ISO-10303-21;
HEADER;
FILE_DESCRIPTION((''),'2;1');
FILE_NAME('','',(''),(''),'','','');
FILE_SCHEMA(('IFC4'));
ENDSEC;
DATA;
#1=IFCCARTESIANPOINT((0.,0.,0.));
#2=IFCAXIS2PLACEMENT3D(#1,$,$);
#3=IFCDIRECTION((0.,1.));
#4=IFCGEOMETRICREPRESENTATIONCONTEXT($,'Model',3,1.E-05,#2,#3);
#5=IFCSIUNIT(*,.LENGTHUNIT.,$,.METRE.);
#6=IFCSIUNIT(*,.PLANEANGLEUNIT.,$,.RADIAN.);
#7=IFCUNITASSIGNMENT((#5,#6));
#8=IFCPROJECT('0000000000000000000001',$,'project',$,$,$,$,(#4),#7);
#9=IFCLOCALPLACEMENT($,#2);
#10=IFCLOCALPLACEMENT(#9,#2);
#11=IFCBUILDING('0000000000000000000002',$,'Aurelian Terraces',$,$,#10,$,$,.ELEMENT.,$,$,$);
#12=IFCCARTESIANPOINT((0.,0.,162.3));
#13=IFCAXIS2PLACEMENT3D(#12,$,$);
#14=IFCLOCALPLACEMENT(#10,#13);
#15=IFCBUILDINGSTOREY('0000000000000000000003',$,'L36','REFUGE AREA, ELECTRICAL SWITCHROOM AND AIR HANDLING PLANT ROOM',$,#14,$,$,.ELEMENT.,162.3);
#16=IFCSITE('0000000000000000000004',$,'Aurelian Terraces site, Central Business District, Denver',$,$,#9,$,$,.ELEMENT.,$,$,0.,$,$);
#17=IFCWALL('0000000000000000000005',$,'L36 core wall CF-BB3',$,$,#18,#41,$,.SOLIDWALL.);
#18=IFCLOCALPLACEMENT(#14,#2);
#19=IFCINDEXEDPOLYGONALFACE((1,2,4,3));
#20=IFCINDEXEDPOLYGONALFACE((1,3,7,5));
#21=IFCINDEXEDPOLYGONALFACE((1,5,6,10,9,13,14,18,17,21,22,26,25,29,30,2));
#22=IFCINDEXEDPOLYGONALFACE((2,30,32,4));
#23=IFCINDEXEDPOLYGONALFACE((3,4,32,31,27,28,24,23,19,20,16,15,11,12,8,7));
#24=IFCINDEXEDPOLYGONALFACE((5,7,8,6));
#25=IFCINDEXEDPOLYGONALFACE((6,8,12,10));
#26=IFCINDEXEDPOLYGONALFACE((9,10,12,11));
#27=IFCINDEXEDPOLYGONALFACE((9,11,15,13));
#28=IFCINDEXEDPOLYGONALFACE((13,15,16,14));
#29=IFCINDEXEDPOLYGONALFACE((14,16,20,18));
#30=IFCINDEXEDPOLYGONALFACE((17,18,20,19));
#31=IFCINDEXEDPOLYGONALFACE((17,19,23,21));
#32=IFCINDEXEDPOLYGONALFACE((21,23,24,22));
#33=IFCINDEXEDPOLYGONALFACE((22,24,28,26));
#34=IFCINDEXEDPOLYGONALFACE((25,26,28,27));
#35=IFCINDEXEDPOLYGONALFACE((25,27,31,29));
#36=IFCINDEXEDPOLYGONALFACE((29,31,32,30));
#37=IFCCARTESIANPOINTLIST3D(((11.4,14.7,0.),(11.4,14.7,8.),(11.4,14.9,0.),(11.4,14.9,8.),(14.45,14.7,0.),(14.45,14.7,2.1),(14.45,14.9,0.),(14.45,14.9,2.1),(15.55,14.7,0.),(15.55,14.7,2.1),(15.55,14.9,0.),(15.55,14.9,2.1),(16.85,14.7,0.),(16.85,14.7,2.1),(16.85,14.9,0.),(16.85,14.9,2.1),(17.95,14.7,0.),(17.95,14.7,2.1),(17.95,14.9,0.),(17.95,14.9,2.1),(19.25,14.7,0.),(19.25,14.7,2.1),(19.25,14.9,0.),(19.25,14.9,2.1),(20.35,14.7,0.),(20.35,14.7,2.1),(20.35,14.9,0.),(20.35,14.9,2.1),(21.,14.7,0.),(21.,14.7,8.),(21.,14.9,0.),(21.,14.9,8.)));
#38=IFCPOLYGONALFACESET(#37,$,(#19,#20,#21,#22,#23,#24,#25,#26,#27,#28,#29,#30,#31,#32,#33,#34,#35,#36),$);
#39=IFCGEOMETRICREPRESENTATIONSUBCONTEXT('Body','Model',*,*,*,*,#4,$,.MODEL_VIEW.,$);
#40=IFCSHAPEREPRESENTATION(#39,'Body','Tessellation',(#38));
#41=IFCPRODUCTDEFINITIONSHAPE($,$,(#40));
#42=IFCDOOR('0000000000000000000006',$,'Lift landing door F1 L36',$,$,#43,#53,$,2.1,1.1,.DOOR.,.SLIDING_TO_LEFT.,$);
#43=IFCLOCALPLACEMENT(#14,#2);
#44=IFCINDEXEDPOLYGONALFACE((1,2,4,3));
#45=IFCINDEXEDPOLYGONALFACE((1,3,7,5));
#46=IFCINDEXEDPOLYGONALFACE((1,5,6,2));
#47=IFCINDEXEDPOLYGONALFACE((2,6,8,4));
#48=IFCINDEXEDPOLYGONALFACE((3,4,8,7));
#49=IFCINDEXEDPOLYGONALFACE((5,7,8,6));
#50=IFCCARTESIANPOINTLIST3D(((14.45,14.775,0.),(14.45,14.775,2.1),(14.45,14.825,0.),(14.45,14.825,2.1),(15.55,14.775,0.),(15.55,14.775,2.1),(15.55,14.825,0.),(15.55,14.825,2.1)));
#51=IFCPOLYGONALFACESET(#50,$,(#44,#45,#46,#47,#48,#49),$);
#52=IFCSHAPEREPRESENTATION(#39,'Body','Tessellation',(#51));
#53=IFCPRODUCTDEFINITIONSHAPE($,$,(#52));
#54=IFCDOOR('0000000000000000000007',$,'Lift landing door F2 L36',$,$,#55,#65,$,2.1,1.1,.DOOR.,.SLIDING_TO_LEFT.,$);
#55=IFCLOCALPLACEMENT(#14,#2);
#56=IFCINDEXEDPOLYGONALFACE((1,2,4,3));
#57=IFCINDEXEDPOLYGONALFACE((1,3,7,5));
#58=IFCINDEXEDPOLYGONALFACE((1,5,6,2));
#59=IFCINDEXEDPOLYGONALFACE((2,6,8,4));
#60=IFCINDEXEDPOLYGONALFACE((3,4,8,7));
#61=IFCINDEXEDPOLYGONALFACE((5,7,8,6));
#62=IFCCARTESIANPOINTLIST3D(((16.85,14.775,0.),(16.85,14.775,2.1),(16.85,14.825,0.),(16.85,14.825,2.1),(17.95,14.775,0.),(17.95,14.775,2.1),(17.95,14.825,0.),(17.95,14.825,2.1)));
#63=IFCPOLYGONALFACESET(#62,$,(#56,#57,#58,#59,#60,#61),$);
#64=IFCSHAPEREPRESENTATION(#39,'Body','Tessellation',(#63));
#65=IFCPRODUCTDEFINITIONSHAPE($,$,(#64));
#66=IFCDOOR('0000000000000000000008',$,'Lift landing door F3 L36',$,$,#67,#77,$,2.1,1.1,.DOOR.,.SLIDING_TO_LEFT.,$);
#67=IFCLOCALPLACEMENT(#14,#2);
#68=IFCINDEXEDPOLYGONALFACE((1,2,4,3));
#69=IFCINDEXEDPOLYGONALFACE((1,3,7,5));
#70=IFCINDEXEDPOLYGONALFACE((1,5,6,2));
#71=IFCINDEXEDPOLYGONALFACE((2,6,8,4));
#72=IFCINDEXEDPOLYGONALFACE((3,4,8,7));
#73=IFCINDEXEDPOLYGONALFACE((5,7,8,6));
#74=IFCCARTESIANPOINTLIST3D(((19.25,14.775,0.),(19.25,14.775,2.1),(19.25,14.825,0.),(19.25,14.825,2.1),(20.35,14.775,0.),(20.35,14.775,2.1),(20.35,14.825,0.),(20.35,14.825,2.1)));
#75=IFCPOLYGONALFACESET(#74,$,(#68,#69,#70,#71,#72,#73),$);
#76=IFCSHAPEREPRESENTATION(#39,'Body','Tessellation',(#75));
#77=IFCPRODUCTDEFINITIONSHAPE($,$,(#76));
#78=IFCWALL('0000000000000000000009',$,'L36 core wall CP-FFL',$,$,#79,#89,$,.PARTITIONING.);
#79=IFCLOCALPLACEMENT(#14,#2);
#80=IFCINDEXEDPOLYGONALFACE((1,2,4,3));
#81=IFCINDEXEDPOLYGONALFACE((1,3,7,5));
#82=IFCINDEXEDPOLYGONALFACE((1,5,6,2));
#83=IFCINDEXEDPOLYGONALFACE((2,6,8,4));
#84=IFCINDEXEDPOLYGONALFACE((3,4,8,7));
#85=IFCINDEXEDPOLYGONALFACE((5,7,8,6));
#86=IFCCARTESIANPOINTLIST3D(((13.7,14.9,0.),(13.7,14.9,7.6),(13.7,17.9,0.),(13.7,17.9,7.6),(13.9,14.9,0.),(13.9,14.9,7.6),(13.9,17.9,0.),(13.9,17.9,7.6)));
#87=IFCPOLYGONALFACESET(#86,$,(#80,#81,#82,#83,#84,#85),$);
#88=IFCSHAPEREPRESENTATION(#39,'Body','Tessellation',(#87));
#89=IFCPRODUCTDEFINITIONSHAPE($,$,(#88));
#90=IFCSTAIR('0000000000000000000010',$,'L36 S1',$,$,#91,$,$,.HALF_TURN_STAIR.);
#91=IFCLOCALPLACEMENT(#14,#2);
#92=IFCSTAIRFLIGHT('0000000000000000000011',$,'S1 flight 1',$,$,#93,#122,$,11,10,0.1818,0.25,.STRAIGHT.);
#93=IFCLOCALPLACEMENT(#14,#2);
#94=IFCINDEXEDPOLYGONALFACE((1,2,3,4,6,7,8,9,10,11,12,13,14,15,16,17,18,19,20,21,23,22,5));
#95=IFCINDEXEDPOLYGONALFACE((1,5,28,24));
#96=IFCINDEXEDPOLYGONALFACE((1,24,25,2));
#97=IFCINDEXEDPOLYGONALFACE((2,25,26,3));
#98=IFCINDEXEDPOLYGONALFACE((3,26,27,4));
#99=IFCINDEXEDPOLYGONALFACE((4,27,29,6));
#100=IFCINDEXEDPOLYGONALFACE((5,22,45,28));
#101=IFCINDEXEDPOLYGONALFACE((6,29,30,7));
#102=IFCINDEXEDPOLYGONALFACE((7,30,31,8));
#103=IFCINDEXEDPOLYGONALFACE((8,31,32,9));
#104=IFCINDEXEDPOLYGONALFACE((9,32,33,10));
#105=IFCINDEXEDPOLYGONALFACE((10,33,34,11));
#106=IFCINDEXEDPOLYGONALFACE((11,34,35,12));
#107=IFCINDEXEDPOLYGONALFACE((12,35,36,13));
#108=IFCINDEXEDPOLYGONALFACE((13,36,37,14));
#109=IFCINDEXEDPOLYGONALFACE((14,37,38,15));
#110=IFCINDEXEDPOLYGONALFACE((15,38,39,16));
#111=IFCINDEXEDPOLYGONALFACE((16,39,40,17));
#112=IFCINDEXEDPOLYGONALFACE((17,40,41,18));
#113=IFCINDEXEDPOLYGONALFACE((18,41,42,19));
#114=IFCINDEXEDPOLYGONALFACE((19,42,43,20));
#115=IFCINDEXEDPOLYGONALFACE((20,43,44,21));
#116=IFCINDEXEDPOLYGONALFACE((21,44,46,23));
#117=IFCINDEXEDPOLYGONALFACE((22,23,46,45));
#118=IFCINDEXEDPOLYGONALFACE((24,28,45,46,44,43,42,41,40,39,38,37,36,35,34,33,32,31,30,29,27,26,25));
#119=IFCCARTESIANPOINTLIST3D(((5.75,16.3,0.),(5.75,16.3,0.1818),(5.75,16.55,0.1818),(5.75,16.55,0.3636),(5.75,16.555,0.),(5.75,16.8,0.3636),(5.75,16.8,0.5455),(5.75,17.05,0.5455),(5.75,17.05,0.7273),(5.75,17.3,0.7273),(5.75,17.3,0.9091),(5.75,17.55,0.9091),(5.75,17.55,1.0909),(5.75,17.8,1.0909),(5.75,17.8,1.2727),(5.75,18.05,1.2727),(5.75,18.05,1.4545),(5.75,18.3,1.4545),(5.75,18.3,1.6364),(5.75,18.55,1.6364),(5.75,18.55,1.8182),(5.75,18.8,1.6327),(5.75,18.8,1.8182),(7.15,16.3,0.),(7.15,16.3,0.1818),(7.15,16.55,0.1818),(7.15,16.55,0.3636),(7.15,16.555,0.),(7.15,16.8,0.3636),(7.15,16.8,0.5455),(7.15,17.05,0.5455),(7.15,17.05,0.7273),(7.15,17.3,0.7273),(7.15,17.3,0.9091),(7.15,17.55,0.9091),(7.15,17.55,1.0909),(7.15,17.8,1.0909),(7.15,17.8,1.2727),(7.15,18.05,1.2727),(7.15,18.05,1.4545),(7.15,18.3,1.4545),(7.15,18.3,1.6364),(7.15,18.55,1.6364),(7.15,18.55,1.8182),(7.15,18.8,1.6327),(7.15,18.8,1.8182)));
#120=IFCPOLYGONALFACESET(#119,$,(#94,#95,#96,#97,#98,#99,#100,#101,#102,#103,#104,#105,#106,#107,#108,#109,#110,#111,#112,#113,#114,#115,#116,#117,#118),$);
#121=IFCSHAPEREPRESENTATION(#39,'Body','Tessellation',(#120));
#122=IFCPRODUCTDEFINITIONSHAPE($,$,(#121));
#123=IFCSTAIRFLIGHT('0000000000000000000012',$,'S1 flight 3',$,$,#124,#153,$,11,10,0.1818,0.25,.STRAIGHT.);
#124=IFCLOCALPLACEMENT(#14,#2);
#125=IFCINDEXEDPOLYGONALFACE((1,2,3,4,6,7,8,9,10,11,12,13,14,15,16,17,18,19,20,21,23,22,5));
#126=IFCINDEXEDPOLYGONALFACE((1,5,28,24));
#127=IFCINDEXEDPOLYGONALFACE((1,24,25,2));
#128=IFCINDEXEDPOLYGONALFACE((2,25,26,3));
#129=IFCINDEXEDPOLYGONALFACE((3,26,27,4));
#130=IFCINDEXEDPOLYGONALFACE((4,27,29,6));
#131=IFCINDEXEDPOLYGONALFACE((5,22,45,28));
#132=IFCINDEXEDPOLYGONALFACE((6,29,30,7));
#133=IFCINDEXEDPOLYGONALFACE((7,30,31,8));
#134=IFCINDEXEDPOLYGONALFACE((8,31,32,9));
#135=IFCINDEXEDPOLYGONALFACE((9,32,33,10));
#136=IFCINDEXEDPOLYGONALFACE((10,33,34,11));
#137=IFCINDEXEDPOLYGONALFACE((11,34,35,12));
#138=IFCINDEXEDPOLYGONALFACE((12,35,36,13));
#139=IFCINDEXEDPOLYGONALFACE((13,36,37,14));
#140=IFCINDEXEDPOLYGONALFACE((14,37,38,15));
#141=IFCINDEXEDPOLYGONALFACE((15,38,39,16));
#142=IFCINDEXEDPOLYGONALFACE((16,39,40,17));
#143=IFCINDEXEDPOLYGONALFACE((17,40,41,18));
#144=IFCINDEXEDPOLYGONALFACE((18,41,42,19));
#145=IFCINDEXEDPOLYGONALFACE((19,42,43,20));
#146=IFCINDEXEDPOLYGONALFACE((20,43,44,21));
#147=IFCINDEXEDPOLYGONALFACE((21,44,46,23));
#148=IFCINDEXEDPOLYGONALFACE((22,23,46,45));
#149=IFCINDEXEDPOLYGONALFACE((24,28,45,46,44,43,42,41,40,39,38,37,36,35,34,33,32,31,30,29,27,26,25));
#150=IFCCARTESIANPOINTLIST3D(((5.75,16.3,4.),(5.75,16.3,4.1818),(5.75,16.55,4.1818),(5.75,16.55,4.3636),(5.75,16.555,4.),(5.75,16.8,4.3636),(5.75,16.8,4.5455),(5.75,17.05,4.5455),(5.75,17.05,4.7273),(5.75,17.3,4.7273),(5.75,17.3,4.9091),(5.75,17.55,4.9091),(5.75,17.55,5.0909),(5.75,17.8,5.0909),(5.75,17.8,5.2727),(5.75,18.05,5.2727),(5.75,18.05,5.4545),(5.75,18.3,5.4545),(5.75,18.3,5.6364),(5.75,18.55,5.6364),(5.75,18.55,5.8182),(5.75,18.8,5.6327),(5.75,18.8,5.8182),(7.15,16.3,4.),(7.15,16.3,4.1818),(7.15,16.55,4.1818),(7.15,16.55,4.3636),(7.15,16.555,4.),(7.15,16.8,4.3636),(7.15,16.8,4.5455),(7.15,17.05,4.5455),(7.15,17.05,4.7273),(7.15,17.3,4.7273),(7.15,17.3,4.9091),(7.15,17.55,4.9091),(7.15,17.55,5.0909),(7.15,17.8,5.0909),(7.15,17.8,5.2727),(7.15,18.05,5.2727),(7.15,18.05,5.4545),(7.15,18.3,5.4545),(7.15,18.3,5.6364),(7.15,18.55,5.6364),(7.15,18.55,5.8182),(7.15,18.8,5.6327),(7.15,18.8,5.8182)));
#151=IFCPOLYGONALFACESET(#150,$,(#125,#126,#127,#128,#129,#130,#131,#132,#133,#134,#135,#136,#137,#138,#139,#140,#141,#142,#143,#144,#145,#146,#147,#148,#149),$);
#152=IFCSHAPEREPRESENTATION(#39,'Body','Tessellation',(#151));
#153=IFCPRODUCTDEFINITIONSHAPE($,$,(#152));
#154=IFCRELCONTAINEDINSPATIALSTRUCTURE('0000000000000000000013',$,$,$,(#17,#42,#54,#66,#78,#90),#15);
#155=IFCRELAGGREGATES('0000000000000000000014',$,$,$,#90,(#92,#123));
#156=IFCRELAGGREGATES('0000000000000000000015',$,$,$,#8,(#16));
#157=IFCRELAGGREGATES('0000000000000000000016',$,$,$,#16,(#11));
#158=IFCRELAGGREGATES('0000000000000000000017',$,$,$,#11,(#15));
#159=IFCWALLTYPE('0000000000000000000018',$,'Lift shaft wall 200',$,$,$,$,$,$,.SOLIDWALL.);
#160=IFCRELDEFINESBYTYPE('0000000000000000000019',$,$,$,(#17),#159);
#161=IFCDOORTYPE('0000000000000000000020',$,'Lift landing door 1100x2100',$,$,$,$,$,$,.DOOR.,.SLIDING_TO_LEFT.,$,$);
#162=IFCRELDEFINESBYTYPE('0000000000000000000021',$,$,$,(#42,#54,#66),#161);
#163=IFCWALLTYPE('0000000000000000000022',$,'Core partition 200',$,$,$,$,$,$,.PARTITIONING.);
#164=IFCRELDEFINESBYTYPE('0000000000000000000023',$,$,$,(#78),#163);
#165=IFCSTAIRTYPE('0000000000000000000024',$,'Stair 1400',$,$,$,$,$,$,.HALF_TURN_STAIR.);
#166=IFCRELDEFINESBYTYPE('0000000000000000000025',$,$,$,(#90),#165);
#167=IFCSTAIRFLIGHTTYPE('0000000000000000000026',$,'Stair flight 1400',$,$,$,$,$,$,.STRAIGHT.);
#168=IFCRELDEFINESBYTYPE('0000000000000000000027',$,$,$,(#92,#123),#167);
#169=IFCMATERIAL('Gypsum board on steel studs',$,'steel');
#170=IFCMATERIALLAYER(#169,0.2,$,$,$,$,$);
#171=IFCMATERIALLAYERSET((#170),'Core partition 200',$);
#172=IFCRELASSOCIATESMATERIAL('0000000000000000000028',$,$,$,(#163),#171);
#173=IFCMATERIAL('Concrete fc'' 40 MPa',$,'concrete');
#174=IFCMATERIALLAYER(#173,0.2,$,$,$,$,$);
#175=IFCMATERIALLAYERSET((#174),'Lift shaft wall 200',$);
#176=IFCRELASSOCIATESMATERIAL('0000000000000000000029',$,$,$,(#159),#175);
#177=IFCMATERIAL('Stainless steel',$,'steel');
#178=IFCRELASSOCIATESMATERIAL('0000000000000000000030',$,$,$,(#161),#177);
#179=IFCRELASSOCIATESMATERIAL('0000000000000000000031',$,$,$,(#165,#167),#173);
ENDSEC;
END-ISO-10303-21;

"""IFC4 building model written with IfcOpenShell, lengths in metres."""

from ifc_helpers import new_model, si_unit, direction, frame, frame_2d, origin, place, context, subcontext, project, spatial, polyline, rectangle, outline, extrude, source, transform, mapped, material, layer, layer_set, type_object, element, fill, aggregate, save


model = new_model("IFC4")

# Units and contexts
model_context = context("Model", 3, precision=1e-05, world=origin(), true_north=direction((0.0, 1.0)))
body_context = subcontext(model_context, "Body", "Model", "MODEL_VIEW")
ifc_project = project(units=[si_unit("LENGTHUNIT", "METRE"), si_unit("PLANEANGLEUNIT", "RADIAN")], contexts=[model_context])

# Site, building, storey
site_placement = place(None, origin())
site = spatial("IfcSite", under=ifc_project, at=site_placement, Name="Aurelian Terraces site, Central Business District, Denver", CompositionType="ELEMENT", RefElevation=0.0)
building_placement = place(site_placement, origin())
building = spatial("IfcBuilding", under=site, at=building_placement, Name="Aurelian Terraces", CompositionType="ELEMENT")
storey_placement = place(building_placement, frame((0.0, 0.0, 162.3)))
storey = spatial("IfcBuildingStorey", under=building, at=storey_placement, Name="L36", Description="REFUGE AREA, ELECTRICAL SWITCHROOM AND AIR HANDLING PLANT ROOM", CompositionType="ELEMENT", Elevation=162.3)

# Shared definitions
ifc_material_1 = material(Name="Gypsum board on steel studs", Category="steel")
ifc_layer_1 = layer(ifc_material_1, 0.2)
ifc_layer_set_1 = layer_set([ifc_layer_1], Name="Core partition 200")
wall_type_1 = type_object("IfcWallType", Name="Core partition 200", PredefinedType="PARTITIONING", material=ifc_layer_set_1)

# Shared definitions
shared_shape_1 = source(origin(), body_context, "Body", "SweptSolid", [
    extrude(rectangle(XDim=1.1, YDim=2.1, at=frame_2d((0.55, 1.05))), frame((0.0, 0.11, 0.0), z_axis=(0.0, -1.0, 0.0), x_axis=(1.0, 0.0, 0.0)), (0.0, 0.0, 1.0), 0.22),
])
shared_shape_2 = source(origin(), body_context, "Body", "SweptSolid", [
    extrude(rectangle(XDim=1.1, YDim=2.1, at=frame_2d((0.55, 1.05))), frame((0.0, 0.025, 0.0), z_axis=(0.0, -1.0, 0.0), x_axis=(1.0, 0.0, 0.0)), (0.0, 0.0, 1.0), 0.05),
])

# Shared definitions
ifc_material_2 = material(Name="Concrete fc' 40 MPa", Category="concrete")

# Shared definitions
ifc_layer_2 = layer(ifc_material_2, 0.2)
ifc_layer_set_2 = layer_set([ifc_layer_2], Name="Lift shaft wall 200")
wall_type_2 = type_object("IfcWallType", Name="Lift shaft wall 200", PredefinedType="SOLIDWALL", material=ifc_layer_set_2)

# Wall, openings, doors
shared_shape_3 = source(origin(), body_context, "Body", "SweptSolid", [
    extrude(rectangle(XDim=9.6, YDim=0.2, at=frame_2d((4.8, 0.0))), origin(), (0.0, 0.0, 1.0), 8.0),
])
wall_1_placement = place(storey_placement, frame((11.4, 14.8, 0.0), z_axis=(0.0, 0.0, 1.0), x_axis=(1.0, 0.0, 0.0)))
wall_1 = element("IfcWall", 1, at=wall_1_placement, inside=storey, type_object=wall_type_2, Name="L36 core wall CF-BB3", PredefinedType="SOLIDWALL", context=body_context, shape_type="MappedRepresentation", body=[
    mapped(shared_shape_3, transform((0.0, 0.0, 0.0), scale=1.0)),
])
opening_1_placement = place(wall_1_placement, frame((3.05, 0.0, 0.0)))
opening_1 = element("IfcOpeningElement", 2, at=opening_1_placement, cuts=wall_1, PredefinedType="OPENING", context=body_context, shape_type="MappedRepresentation", body=[
    mapped(shared_shape_1, transform((0.0, 0.0, 0.0), scale=1.0)),
])
opening_2_placement = place(wall_1_placement, frame((5.45, 0.0, 0.0)))
opening_2 = element("IfcOpeningElement", 3, at=opening_2_placement, cuts=wall_1, PredefinedType="OPENING", context=body_context, shape_type="MappedRepresentation", body=[
    mapped(shared_shape_1, transform((0.0, 0.0, 0.0), scale=1.0)),
])
opening_3_placement = place(wall_1_placement, frame((7.85, 0.0, 0.0)))
opening_3 = element("IfcOpeningElement", 4, at=opening_3_placement, cuts=wall_1, PredefinedType="OPENING", context=body_context, shape_type="MappedRepresentation", body=[
    mapped(shared_shape_1, transform((0.0, 0.0, 0.0), scale=1.0)),
])
ifc_material_3 = material(Name="Stainless steel", Category="steel")
door_type_1 = type_object("IfcDoorType", Name="Lift landing door 1100x2100", OperationType="SLIDING_TO_LEFT", PredefinedType="DOOR", material=ifc_material_3)
door_1_placement = place(opening_1_placement, origin())
door_1 = element("IfcDoor", 5, at=door_1_placement, inside=storey, type_object=door_type_1, Name="Lift landing door F1 L36", OperationType="SLIDING_TO_LEFT", OverallHeight=2.1, OverallWidth=1.1, PredefinedType="DOOR", context=body_context, shape_type="MappedRepresentation", body=[
    mapped(shared_shape_2, transform((0.0, 0.0, 0.0), scale=1.0)),
])
fill(opening_1, door_1)
door_2_placement = place(opening_2_placement, origin())
door_2 = element("IfcDoor", 6, at=door_2_placement, inside=storey, type_object=door_type_1, Name="Lift landing door F2 L36", OperationType="SLIDING_TO_LEFT", OverallHeight=2.1, OverallWidth=1.1, PredefinedType="DOOR", context=body_context, shape_type="MappedRepresentation", body=[
    mapped(shared_shape_2, transform((0.0, 0.0, 0.0), scale=1.0)),
])
fill(opening_2, door_2)
door_3_placement = place(opening_3_placement, origin())
door_3 = element("IfcDoor", 7, at=door_3_placement, inside=storey, type_object=door_type_1, Name="Lift landing door F3 L36", OperationType="SLIDING_TO_LEFT", OverallHeight=2.1, OverallWidth=1.1, PredefinedType="DOOR", context=body_context, shape_type="MappedRepresentation", body=[
    mapped(shared_shape_2, transform((0.0, 0.0, 0.0), scale=1.0)),
])
fill(opening_3, door_3)

# Wall
shared_shape_4 = source(origin(), body_context, "Body", "SweptSolid", [
    extrude(rectangle(XDim=3.0, YDim=0.2, at=frame_2d((1.5, 0.0))), origin(), (0.0, 0.0, 1.0), 7.6),
])
wall_2_placement = place(storey_placement, frame((13.8, 14.9, 0.0), z_axis=(0.0, 0.0, 1.0), x_axis=(0.0, 1.0, 0.0)))
element("IfcWall", 8, at=wall_2_placement, inside=storey, type_object=wall_type_1, Name="L36 core wall CP-FFL", PredefinedType="PARTITIONING", context=body_context, shape_type="MappedRepresentation", body=[
    mapped(shared_shape_4, transform((0.0, 0.0, 0.0), scale=1.0)),
])

# Stair, stair flights
stair_type = type_object("IfcStairType", Name="Stair 1400", PredefinedType="HALF_TURN_STAIR", material=ifc_material_2)
stair_placement = place(storey_placement, origin())
stair = element("IfcStair", 9, at=stair_placement, inside=storey, type_object=stair_type, Name="L36 S1", PredefinedType="HALF_TURN_STAIR")
stair_flight_type = type_object("IfcStairFlightType", Name="Stair flight 1400", PredefinedType="STRAIGHT", material=ifc_material_2)
stair_flight_1_placement = place(storey_placement, frame((6.45, 16.3, 0.0), z_axis=(0.0, 0.0, 1.0), x_axis=(0.0, 1.0, 0.0)))
stair_flight_1 = element("IfcStairFlight", 10, at=stair_flight_1_placement, type_object=stair_flight_type, Name="S1 flight 1", NumberOfRisers=11, NumberOfTreads=10, PredefinedType="STRAIGHT", RiserHeight=0.1818, TreadLength=0.25, context=body_context, shape_type="SweptSolid", body=[
    extrude(outline(polyline([(0.0, 0.0), (0.0, 0.1818), (0.25, 0.1818), (0.25, 0.3636), (0.5, 0.3636), (0.5, 0.5455), (0.75, 0.5455), (0.75, 0.7273), (1.0, 0.7273), (1.0, 0.9091), (1.25, 0.9091), (1.25, 1.0909), (1.5, 1.0909), (1.5, 1.2727), (1.75, 1.2727), (1.75, 1.4545), (2.0, 1.4545), (2.0, 1.6364), (2.25, 1.6364), (2.25, 1.8182), (2.5, 1.8182), (2.5, 2.0), (2.5, 1.6327), (0.255, 0.0), (0.0, 0.0)])), frame((0.0, 0.7, 0.0), z_axis=(0.0, -1.0, 0.0), x_axis=(1.0, 0.0, 0.0)), (0.0, 0.0, 1.0), 1.4),
])
shared_shape_5 = source(origin(), body_context, "Body", "SweptSolid", [
    extrude(outline(polyline([(0.0, 0.0), (0.0, 0.1818), (0.25, 0.1818), (0.25, 0.3636), (0.5, 0.3636), (0.5, 0.5455), (0.75, 0.5455), (0.75, 0.7273), (1.0, 0.7273), (1.0, 0.9091), (1.25, 0.9091), (1.25, 1.0909), (1.5, 1.0909), (1.5, 1.2727), (1.75, 1.2727), (1.75, 1.4545), (2.0, 1.4545), (2.0, 1.6364), (2.25, 1.6364), (2.25, 1.8182), (2.5, 1.8182), (2.5, 2.0), (2.5, 1.6327), (0.255, 0.0), (0.0, 0.0)])), frame((0.0, 0.7, 0.0), z_axis=(0.0, -1.0, 0.0), x_axis=(1.0, 0.0, 0.0)), (0.0, 0.0, 1.0), 1.4),
])
stair_flight_2_placement = place(storey_placement, frame((6.45, 16.3, 4.0), z_axis=(0.0, 0.0, 1.0), x_axis=(0.0, 1.0, 0.0)))
stair_flight_2 = element("IfcStairFlight", 11, at=stair_flight_2_placement, type_object=stair_flight_type, Name="S1 flight 3", NumberOfRisers=11, NumberOfTreads=10, PredefinedType="STRAIGHT", RiserHeight=0.1818, TreadLength=0.25, context=body_context, shape_type="MappedRepresentation", body=[
    mapped(shared_shape_5, transform((0.0, 0.0, 0.0), scale=1.0)),
])
aggregate(stair, [stair_flight_1, stair_flight_2])

save(model, "model.ifc")
